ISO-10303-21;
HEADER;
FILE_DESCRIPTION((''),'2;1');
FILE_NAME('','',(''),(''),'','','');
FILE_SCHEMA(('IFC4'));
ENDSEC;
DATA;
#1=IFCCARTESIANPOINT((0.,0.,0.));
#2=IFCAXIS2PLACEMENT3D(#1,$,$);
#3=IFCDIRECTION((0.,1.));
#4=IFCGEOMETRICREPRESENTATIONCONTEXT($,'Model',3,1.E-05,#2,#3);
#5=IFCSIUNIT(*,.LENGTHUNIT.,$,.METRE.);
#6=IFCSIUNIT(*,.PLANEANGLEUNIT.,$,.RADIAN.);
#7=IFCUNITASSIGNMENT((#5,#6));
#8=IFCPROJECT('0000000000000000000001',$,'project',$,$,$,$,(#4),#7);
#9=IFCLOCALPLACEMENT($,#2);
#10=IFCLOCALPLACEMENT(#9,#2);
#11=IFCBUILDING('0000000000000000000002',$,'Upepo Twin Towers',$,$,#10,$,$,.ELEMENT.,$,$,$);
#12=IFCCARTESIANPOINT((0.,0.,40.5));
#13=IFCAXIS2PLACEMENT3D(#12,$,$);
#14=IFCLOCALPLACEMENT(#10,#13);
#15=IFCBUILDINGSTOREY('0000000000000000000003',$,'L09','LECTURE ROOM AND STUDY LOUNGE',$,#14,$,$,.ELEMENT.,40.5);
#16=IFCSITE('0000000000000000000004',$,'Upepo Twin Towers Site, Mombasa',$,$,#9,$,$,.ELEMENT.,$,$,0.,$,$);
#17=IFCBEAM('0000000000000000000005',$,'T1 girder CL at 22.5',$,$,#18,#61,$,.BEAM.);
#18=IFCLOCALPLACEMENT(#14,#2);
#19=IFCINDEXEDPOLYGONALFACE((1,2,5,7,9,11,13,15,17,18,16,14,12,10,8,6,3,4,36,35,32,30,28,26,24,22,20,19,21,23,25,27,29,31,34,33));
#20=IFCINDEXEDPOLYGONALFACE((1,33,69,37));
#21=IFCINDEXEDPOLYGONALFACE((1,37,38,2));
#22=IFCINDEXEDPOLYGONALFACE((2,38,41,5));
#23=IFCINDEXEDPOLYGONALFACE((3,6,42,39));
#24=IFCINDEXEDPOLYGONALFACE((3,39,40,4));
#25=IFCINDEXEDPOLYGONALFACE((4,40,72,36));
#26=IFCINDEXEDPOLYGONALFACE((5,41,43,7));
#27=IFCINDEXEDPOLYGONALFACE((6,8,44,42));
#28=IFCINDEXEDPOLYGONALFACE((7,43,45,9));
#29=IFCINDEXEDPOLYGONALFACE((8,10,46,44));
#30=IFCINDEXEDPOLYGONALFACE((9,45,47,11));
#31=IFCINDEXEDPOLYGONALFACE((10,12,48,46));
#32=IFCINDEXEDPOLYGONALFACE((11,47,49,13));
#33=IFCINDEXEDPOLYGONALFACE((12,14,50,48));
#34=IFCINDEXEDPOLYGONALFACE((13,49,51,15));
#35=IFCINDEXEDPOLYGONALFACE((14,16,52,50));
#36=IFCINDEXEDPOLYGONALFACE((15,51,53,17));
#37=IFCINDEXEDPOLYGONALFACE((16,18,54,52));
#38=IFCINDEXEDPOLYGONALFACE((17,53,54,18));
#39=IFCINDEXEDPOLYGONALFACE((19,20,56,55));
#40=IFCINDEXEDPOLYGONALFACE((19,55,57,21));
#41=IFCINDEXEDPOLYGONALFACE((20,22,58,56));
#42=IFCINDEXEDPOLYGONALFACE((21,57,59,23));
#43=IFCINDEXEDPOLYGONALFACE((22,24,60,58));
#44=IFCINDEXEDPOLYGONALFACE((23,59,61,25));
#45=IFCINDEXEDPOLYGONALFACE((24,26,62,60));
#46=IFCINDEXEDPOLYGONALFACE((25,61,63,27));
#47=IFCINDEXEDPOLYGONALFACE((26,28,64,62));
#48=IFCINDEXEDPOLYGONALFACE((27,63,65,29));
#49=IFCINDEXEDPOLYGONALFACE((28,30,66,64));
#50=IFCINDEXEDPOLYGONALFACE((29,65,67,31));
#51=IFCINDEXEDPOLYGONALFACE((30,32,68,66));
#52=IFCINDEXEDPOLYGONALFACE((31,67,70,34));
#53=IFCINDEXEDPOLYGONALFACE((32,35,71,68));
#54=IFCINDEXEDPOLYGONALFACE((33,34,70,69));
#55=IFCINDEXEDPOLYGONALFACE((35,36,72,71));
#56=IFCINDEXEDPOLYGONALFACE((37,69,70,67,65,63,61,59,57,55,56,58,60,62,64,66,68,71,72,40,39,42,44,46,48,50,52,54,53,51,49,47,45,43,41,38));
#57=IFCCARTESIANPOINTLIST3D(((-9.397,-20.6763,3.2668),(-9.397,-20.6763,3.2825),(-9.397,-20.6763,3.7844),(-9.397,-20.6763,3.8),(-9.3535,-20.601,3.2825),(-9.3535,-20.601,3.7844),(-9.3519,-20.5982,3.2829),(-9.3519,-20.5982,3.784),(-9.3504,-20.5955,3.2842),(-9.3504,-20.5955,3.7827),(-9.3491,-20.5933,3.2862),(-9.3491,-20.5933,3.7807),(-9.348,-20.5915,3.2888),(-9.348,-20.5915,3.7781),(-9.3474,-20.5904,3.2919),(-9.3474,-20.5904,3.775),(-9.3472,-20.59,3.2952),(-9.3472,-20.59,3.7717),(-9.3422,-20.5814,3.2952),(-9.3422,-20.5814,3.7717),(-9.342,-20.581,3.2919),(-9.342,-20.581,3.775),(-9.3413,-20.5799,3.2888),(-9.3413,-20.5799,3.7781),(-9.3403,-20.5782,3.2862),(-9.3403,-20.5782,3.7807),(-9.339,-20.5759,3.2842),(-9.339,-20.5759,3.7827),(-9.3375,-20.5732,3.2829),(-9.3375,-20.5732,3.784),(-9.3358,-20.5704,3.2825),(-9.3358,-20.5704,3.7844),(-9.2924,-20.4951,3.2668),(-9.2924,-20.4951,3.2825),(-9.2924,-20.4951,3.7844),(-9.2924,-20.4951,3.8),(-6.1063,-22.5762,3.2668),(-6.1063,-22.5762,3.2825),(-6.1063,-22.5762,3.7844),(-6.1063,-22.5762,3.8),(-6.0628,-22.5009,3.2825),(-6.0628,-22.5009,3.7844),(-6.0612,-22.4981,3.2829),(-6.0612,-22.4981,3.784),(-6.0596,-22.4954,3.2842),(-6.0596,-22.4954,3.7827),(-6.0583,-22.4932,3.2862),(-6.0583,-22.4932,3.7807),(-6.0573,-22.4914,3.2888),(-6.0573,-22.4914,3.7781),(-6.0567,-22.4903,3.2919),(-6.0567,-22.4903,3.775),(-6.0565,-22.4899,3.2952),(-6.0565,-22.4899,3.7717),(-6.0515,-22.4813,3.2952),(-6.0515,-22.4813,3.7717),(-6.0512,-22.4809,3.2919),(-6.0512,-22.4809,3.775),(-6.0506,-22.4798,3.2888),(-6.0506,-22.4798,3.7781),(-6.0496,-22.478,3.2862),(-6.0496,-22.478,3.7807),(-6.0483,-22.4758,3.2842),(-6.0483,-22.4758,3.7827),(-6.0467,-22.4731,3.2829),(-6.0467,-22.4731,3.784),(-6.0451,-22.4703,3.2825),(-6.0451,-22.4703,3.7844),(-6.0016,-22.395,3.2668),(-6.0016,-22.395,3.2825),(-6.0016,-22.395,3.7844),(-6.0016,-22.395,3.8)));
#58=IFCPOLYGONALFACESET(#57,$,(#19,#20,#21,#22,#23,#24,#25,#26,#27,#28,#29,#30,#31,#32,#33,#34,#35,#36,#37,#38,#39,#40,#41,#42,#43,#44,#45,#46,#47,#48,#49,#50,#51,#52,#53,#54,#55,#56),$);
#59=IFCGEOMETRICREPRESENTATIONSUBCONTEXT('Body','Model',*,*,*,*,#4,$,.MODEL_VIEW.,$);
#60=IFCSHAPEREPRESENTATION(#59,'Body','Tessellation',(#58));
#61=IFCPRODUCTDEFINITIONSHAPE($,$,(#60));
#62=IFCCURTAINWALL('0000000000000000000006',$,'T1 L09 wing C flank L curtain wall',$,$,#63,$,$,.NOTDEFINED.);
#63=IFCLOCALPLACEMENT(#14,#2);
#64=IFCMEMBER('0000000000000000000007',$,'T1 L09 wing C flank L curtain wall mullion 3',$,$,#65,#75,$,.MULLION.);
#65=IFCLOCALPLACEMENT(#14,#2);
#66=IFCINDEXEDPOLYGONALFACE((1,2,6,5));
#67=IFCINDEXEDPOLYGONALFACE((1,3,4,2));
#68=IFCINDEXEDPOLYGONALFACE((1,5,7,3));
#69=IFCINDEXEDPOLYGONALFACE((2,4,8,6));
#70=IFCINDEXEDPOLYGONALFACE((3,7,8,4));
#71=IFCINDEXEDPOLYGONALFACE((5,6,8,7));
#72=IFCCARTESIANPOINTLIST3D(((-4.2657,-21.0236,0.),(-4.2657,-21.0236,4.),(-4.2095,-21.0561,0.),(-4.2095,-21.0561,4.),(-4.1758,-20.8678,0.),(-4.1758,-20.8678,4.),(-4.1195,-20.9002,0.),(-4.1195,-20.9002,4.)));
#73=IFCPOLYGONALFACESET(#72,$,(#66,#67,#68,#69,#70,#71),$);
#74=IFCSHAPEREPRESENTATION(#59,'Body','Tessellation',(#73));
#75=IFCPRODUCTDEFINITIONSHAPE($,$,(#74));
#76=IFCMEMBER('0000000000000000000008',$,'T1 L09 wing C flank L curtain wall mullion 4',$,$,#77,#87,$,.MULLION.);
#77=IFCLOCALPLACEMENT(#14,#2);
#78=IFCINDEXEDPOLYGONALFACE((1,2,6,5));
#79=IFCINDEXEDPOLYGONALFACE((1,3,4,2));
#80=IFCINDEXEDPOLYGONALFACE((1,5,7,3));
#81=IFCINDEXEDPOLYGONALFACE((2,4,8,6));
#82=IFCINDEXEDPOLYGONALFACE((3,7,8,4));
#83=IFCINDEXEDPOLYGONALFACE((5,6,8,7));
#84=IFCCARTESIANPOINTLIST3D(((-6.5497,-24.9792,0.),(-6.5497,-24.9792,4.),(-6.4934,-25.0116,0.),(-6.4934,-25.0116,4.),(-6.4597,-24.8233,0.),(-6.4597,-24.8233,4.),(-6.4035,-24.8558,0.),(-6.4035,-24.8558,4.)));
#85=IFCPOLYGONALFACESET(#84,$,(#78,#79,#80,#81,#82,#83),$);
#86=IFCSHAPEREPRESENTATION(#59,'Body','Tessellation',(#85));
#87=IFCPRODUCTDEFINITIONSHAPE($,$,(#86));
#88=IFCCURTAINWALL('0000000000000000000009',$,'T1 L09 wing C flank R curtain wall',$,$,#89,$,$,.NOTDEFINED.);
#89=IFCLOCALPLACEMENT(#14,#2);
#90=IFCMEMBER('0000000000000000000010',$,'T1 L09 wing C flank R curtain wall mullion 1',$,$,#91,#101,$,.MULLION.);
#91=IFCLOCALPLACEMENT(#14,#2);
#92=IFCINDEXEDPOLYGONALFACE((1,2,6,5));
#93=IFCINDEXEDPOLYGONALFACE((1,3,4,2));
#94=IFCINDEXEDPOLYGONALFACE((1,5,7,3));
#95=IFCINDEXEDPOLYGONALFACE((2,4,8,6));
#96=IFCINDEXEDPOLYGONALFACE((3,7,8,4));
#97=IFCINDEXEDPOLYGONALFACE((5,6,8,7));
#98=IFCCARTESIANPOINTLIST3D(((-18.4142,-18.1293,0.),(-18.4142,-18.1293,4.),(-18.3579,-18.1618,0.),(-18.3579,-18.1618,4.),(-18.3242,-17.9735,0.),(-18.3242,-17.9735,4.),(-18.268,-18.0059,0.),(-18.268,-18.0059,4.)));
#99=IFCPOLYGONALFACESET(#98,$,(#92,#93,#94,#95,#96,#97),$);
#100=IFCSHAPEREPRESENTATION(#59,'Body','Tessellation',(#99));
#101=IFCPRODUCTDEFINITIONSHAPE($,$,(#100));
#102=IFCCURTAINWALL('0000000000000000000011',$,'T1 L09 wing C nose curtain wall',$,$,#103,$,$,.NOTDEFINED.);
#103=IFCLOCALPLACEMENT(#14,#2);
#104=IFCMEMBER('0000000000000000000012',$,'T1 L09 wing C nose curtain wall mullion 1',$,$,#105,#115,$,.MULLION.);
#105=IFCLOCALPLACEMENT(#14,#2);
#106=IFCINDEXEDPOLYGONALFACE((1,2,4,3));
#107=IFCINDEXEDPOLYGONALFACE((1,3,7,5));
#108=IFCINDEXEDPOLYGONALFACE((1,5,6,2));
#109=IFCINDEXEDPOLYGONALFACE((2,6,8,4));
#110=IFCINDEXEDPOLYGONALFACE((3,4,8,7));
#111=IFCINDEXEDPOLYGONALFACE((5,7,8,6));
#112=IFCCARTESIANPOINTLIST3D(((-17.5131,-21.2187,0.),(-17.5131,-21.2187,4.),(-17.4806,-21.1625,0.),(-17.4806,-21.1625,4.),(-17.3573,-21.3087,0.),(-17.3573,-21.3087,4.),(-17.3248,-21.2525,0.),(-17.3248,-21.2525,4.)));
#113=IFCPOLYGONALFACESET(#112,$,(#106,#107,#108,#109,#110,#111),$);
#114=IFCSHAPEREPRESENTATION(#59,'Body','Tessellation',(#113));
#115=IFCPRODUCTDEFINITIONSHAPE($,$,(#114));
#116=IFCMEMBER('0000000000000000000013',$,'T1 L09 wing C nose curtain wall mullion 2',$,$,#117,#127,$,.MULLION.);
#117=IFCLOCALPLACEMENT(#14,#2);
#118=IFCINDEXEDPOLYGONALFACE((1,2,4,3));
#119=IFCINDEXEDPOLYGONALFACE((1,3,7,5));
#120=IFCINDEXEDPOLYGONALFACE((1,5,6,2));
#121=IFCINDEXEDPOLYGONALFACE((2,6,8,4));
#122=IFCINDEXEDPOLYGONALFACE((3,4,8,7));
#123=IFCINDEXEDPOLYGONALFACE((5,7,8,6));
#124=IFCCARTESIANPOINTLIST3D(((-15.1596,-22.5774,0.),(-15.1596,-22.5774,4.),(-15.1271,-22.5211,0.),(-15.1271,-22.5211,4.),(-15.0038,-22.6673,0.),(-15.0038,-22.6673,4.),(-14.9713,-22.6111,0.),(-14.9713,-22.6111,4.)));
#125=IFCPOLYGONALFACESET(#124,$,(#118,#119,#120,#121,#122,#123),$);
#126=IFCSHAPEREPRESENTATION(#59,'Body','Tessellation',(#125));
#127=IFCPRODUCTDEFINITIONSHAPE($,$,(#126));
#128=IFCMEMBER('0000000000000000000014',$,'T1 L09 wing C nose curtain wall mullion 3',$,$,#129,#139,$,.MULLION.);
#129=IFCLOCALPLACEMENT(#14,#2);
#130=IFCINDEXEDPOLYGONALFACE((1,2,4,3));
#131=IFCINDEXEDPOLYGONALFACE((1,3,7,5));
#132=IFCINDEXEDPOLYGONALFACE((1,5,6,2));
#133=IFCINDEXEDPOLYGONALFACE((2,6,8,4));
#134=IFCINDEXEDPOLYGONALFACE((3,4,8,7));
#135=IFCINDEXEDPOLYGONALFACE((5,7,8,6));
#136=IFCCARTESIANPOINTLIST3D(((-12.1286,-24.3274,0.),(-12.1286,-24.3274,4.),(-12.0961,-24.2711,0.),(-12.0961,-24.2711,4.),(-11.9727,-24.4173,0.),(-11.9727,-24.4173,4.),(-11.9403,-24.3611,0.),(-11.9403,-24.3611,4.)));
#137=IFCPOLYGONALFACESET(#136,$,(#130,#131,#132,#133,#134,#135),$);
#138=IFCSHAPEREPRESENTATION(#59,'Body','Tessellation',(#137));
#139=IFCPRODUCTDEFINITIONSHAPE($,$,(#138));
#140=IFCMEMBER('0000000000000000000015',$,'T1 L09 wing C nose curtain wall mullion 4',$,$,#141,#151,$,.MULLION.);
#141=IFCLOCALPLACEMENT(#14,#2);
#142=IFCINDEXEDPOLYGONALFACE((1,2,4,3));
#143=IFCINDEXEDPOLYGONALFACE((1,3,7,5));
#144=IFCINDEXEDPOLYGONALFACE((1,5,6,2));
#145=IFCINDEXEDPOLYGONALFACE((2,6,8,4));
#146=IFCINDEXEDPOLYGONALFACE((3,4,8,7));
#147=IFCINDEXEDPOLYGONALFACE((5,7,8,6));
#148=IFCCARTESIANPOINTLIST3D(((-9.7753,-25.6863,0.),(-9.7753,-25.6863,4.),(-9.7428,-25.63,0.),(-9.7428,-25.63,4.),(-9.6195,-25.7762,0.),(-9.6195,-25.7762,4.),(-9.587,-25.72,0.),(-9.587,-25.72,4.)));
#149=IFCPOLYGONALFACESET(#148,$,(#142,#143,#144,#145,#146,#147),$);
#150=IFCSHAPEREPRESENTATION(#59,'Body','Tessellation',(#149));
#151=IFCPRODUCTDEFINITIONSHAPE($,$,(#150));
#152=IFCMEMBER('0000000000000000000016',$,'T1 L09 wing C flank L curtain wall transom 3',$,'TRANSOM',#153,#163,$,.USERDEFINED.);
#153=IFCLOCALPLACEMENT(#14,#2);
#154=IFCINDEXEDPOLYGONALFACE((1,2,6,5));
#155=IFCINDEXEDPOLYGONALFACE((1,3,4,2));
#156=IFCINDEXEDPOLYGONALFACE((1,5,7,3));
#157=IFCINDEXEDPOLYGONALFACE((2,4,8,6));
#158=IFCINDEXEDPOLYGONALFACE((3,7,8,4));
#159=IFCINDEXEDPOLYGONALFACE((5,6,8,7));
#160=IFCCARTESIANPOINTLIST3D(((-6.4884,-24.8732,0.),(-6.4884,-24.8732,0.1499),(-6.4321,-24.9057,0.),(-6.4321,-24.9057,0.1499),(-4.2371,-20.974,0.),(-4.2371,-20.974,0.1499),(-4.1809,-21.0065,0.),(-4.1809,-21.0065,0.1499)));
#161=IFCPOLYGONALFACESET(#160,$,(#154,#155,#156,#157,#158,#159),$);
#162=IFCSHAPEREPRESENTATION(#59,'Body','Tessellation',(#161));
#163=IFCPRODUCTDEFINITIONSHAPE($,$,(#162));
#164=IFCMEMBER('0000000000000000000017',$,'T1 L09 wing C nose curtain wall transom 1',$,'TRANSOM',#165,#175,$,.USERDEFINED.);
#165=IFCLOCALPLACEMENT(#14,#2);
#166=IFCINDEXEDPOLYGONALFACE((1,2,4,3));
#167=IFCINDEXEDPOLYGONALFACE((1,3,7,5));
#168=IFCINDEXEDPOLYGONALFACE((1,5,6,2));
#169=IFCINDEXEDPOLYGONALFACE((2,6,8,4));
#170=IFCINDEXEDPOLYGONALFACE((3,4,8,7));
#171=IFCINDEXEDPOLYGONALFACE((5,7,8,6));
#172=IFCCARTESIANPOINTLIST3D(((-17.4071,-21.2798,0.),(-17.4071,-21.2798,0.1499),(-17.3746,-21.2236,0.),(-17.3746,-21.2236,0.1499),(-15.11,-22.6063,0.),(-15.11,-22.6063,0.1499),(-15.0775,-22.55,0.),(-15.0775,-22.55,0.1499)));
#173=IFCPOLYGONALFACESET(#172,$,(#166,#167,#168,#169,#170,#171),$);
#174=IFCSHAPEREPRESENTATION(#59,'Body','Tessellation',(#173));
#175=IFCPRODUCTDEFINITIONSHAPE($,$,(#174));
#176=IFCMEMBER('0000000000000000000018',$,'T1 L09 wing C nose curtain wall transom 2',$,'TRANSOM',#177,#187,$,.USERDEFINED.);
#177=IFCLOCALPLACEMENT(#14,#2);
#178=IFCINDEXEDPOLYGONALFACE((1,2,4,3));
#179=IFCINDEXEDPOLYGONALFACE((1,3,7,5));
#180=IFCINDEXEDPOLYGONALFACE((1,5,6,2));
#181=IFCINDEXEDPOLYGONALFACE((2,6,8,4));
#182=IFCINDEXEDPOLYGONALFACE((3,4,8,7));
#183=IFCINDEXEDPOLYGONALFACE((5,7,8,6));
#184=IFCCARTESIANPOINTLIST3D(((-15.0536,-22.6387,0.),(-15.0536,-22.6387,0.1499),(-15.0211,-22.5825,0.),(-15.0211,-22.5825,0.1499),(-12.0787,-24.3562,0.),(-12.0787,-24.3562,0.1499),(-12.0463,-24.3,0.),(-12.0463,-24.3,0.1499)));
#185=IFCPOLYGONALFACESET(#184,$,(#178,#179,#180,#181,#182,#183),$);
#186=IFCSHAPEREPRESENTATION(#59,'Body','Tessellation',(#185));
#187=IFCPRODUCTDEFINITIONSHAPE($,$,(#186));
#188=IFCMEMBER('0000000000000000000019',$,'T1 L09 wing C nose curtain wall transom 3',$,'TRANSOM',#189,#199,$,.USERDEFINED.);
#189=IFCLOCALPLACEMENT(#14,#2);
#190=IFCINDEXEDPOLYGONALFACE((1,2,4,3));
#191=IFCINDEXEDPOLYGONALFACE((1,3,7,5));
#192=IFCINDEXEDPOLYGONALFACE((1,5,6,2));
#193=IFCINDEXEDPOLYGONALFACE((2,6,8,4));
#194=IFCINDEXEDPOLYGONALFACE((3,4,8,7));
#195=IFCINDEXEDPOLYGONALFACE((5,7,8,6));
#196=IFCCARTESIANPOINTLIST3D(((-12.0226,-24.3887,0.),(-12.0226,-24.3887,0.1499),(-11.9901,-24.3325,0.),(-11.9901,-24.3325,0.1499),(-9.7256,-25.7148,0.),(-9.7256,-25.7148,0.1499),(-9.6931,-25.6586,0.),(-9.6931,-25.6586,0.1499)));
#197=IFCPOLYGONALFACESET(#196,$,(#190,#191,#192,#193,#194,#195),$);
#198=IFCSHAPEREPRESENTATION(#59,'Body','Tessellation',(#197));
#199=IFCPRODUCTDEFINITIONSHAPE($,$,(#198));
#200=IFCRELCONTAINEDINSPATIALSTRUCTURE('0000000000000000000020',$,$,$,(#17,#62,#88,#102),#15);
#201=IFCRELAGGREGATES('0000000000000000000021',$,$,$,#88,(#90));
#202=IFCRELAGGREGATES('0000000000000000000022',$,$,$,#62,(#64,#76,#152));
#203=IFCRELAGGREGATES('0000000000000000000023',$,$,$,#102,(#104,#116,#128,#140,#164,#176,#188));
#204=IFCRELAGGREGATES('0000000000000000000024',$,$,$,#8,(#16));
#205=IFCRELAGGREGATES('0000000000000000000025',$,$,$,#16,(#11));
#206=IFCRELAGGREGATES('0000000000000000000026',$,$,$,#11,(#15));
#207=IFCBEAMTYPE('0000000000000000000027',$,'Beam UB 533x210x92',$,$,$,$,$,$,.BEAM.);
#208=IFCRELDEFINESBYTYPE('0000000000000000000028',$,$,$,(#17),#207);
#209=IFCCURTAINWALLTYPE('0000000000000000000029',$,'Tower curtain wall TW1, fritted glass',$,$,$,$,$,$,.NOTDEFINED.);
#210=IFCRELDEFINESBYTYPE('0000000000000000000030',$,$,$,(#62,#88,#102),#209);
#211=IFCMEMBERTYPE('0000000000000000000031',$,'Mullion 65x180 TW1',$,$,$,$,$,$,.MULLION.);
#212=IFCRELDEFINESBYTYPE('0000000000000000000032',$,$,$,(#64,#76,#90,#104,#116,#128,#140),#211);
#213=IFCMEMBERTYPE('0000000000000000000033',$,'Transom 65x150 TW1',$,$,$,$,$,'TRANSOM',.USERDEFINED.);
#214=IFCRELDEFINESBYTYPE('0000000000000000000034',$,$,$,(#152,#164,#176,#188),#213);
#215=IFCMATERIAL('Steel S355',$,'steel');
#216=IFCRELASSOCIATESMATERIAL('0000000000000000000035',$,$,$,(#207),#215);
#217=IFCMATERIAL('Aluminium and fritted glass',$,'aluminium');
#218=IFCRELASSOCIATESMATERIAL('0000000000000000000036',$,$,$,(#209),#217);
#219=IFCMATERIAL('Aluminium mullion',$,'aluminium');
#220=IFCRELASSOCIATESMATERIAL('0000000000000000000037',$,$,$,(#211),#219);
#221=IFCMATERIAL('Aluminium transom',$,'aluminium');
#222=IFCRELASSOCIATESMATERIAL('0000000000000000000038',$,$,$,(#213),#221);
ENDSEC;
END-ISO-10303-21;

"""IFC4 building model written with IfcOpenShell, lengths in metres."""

from ifc_helpers import new_model, si_unit, direction, frame, origin, origin_2d, place, context, subcontext, project, spatial, rectangle, i_section, extrude, material, material_profile, profile_set, type_object, element, aggregate, save


model = new_model("IFC4")

# Units and contexts
model_context = context("Model", 3, precision=1e-05, world=origin(), true_north=direction((0.0, 1.0)))
body_context = subcontext(model_context, "Body", "Model", "MODEL_VIEW")
ifc_project = project(units=[si_unit("LENGTHUNIT", "METRE"), si_unit("PLANEANGLEUNIT", "RADIAN")], contexts=[model_context])

# Site, building, storey
site_placement = place(None, origin())
site = spatial("IfcSite", under=ifc_project, at=site_placement, Name="Upepo Twin Towers Site, Mombasa", CompositionType="ELEMENT", RefElevation=0.0)
building_placement = place(site_placement, origin())
building = spatial("IfcBuilding", under=site, at=building_placement, Name="Upepo Twin Towers", CompositionType="ELEMENT")
storey_placement = place(building_placement, frame((0.0, 0.0, 40.5)))
storey = spatial("IfcBuildingStorey", under=building, at=storey_placement, Name="L09", Description="LECTURE ROOM AND STUDY LOUNGE", CompositionType="ELEMENT", Elevation=40.5)

# Beam
ifc_material_1 = material(Name="Steel S355", Category="steel")
ifc_material_profile_1 = material_profile(ifc_material_1, i_section(OverallWidth=0.2092, OverallDepth=0.5332, WebThickness=0.01, FlangeThickness=0.0156, FilletRadius=0.0127, at=origin_2d()), Name="UB 533x210x92")
ifc_profile_set_1 = profile_set([ifc_material_profile_1], Name="Steel S355")
beam_type_1 = type_object("IfcBeamType", Name="Beam UB 533x210x92", PredefinedType="BEAM", material=ifc_profile_set_1)
beam_1_placement = place(storey_placement, frame((-6.054, -22.4856, 3.5334), z_axis=(-0.866028, 0.499995, 0.0), x_axis=(-0.499995, -0.866028, 0.0)))
element("IfcBeam", 1, at=beam_1_placement, inside=storey, type_object=beam_type_1, Name="T1 girder CL at 22.5", PredefinedType="BEAM", context=body_context, shape_type="SweptSolid", body=[
    extrude(i_section(OverallWidth=0.2092, OverallDepth=0.5332, WebThickness=0.01, FlangeThickness=0.0156, FilletRadius=0.0127, at=origin_2d()), origin(), (0.0, 0.0, 1.0), 3.7998),
])

# Curtain wall, members
ifc_material_2 = material(Name="Aluminium and fritted glass", Category="aluminium")
curtain_wall_type = type_object("IfcCurtainWallType", Name="Tower curtain wall TW1, fritted glass", PredefinedType="NOTDEFINED", material=ifc_material_2)
curtain_wall_1_placement = place(storey_placement, origin())
curtain_wall_1 = element("IfcCurtainWall", 2, at=curtain_wall_1_placement, inside=storey, type_object=curtain_wall_type, Name="T1 L09 wing C flank L curtain wall", PredefinedType="NOTDEFINED")
ifc_material_3 = material(Name="Aluminium mullion", Category="aluminium")
ifc_material_profile_2 = material_profile(ifc_material_3, rectangle(XDim=0.0649, YDim=0.1799, at=origin_2d()), Name="MULLION 65x180")
ifc_profile_set_2 = profile_set([ifc_material_profile_2], Name="Aluminium mullion")
member_type_1 = type_object("IfcMemberType", Name="Mullion 65x180 TW1", PredefinedType="MULLION", material=ifc_profile_set_2)
member_1_placement = place(storey_placement, frame((-4.1926, -20.9619, 0.0), z_axis=(0.0, 0.0, 1.0), x_axis=(0.866025, -0.5, 0.0)))
member_1 = element("IfcMember", 3, at=member_1_placement, type_object=member_type_1, Name="T1 L09 wing C flank L curtain wall mullion 3", PredefinedType="MULLION", context=body_context, shape_type="SweptSolid", body=[
    extrude(rectangle(XDim=0.0649, YDim=0.1799, at=origin_2d()), origin(), (0.0, 0.0, 1.0), 4.0),
])
member_2_placement = place(storey_placement, frame((-6.4766, -24.9175, 0.0), z_axis=(0.0, 0.0, 1.0), x_axis=(0.866025, -0.5, 0.0)))
member_2 = element("IfcMember", 4, at=member_2_placement, type_object=member_type_1, Name="T1 L09 wing C flank L curtain wall mullion 4", PredefinedType="MULLION", context=body_context, shape_type="SweptSolid", body=[
    extrude(rectangle(XDim=0.0649, YDim=0.1799, at=origin_2d()), origin(), (0.0, 0.0, 1.0), 4.0),
])

# Curtain wall, member
curtain_wall_2_placement = place(storey_placement, origin())
curtain_wall_2 = element("IfcCurtainWall", 5, at=curtain_wall_2_placement, inside=storey, type_object=curtain_wall_type, Name="T1 L09 wing C flank R curtain wall", PredefinedType="NOTDEFINED")
member_3_placement = place(storey_placement, frame((-18.3411, -18.0676, 0.0), z_axis=(0.0, 0.0, 1.0), x_axis=(-0.866025, 0.5, 0.0)))
member_3 = element("IfcMember", 6, at=member_3_placement, type_object=member_type_1, Name="T1 L09 wing C flank R curtain wall mullion 1", PredefinedType="MULLION", context=body_context, shape_type="SweptSolid", body=[
    extrude(rectangle(XDim=0.0649, YDim=0.1799, at=origin_2d()), origin(), (0.0, 0.0, 1.0), 4.0),
])
aggregate(curtain_wall_2, [member_3])

# Curtain wall, members
curtain_wall_3_placement = place(storey_placement, origin())
curtain_wall_3 = element("IfcCurtainWall", 7, at=curtain_wall_3_placement, inside=storey, type_object=curtain_wall_type, Name="T1 L09 wing C nose curtain wall", PredefinedType="NOTDEFINED")
member_4_placement = place(storey_placement, frame((-17.4189, -21.2356, 0.0), z_axis=(0.0, 0.0, 1.0), x_axis=(0.5, 0.866025, 0.0)))
member_4 = element("IfcMember", 8, at=member_4_placement, type_object=member_type_1, Name="T1 L09 wing C nose curtain wall mullion 1", PredefinedType="MULLION", context=body_context, shape_type="SweptSolid", body=[
    extrude(rectangle(XDim=0.0649, YDim=0.1799, at=origin_2d()), origin(), (0.0, 0.0, 1.0), 4.0),
])
member_5_placement = place(storey_placement, frame((-15.0654, -22.5942, 0.0), z_axis=(0.0, 0.0, 1.0), x_axis=(0.5, 0.866025, 0.0)))
member_5 = element("IfcMember", 9, at=member_5_placement, type_object=member_type_1, Name="T1 L09 wing C nose curtain wall mullion 2", PredefinedType="MULLION", context=body_context, shape_type="SweptSolid", body=[
    extrude(rectangle(XDim=0.0649, YDim=0.1799, at=origin_2d()), origin(), (0.0, 0.0, 1.0), 4.0),
])
member_6_placement = place(storey_placement, frame((-12.0344, -24.3442, 0.0), z_axis=(0.0, 0.0, 1.0), x_axis=(0.5, 0.866025, 0.0)))
member_6 = element("IfcMember", 10, at=member_6_placement, type_object=member_type_1, Name="T1 L09 wing C nose curtain wall mullion 3", PredefinedType="MULLION", context=body_context, shape_type="SweptSolid", body=[
    extrude(rectangle(XDim=0.0649, YDim=0.1799, at=origin_2d()), origin(), (0.0, 0.0, 1.0), 4.0),
])
member_7_placement = place(storey_placement, frame((-9.6812, -25.7031, 0.0), z_axis=(0.0, 0.0, 1.0), x_axis=(0.5, 0.866025, 0.0)))
member_7 = element("IfcMember", 11, at=member_7_placement, type_object=member_type_1, Name="T1 L09 wing C nose curtain wall mullion 4", PredefinedType="MULLION", context=body_context, shape_type="SweptSolid", body=[
    extrude(rectangle(XDim=0.0649, YDim=0.1799, at=origin_2d()), origin(), (0.0, 0.0, 1.0), 4.0),
])

# Members
ifc_material_4 = material(Name="Aluminium transom", Category="aluminium")
ifc_material_profile_3 = material_profile(ifc_material_4, rectangle(XDim=0.0649, YDim=0.1499, at=origin_2d()), Name="TRANSOM 65x150")
ifc_profile_set_3 = profile_set([ifc_material_profile_3], Name="Aluminium transom")
member_type_2 = type_object("IfcMemberType", Name="Transom 65x150 TW1", ElementType="TRANSOM", PredefinedType="USERDEFINED", material=ifc_profile_set_3)
member_8_placement = place(storey_placement, frame((-4.209, -20.9902, 0.075), z_axis=(-0.500006, -0.866022, 0.0), x_axis=(0.866022, -0.500006, 0.0)))
member_8 = element("IfcMember", 12, at=member_8_placement, type_object=member_type_2, Name="T1 L09 wing C flank L curtain wall transom 3", ObjectType="TRANSOM", PredefinedType="USERDEFINED", context=body_context, shape_type="SweptSolid", body=[
    extrude(rectangle(XDim=0.0649, YDim=0.1499, at=origin_2d()), origin(), (0.0, 0.0, 1.0), 4.5024),
])
member_9_placement = place(storey_placement, frame((-17.3909, -21.2517, 0.075), z_axis=(0.865997, -0.500049, 0.0), x_axis=(0.500049, 0.865997, 0.0)))
member_9 = element("IfcMember", 13, at=member_9_placement, type_object=member_type_2, Name="T1 L09 wing C nose curtain wall transom 1", ObjectType="TRANSOM", PredefinedType="USERDEFINED", context=body_context, shape_type="SweptSolid", body=[
    extrude(rectangle(XDim=0.0649, YDim=0.1499, at=origin_2d()), origin(), (0.0, 0.0, 1.0), 2.6526),
])
member_10_placement = place(storey_placement, frame((-15.0374, -22.6106, 0.075), z_axis=(0.866026, -0.499999, 0.0), x_axis=(0.499999, 0.866026, 0.0)))
member_10 = element("IfcMember", 14, at=member_10_placement, type_object=member_type_2, Name="T1 L09 wing C nose curtain wall transom 2", ObjectType="TRANSOM", PredefinedType="USERDEFINED", context=body_context, shape_type="SweptSolid", body=[
    extrude(rectangle(XDim=0.0649, YDim=0.1499, at=origin_2d()), origin(), (0.0, 0.0, 1.0), 3.4351),
])
member_11_placement = place(storey_placement, frame((-12.0063, -24.3606, 0.075), z_axis=(0.866037, -0.49998, 0.0), x_axis=(0.49998, 0.866037, 0.0)))
member_11 = element("IfcMember", 15, at=member_11_placement, type_object=member_type_2, Name="T1 L09 wing C nose curtain wall transom 3", ObjectType="TRANSOM", PredefinedType="USERDEFINED", context=body_context, shape_type="SweptSolid", body=[
    extrude(rectangle(XDim=0.0649, YDim=0.1499, at=origin_2d()), origin(), (0.0, 0.0, 1.0), 2.6523),
])

aggregate(curtain_wall_1, [member_1, member_2, member_8])
aggregate(curtain_wall_3, [member_4, member_5, member_6, member_7, member_9, member_10, member_11])

save(model, "model.ifc")
